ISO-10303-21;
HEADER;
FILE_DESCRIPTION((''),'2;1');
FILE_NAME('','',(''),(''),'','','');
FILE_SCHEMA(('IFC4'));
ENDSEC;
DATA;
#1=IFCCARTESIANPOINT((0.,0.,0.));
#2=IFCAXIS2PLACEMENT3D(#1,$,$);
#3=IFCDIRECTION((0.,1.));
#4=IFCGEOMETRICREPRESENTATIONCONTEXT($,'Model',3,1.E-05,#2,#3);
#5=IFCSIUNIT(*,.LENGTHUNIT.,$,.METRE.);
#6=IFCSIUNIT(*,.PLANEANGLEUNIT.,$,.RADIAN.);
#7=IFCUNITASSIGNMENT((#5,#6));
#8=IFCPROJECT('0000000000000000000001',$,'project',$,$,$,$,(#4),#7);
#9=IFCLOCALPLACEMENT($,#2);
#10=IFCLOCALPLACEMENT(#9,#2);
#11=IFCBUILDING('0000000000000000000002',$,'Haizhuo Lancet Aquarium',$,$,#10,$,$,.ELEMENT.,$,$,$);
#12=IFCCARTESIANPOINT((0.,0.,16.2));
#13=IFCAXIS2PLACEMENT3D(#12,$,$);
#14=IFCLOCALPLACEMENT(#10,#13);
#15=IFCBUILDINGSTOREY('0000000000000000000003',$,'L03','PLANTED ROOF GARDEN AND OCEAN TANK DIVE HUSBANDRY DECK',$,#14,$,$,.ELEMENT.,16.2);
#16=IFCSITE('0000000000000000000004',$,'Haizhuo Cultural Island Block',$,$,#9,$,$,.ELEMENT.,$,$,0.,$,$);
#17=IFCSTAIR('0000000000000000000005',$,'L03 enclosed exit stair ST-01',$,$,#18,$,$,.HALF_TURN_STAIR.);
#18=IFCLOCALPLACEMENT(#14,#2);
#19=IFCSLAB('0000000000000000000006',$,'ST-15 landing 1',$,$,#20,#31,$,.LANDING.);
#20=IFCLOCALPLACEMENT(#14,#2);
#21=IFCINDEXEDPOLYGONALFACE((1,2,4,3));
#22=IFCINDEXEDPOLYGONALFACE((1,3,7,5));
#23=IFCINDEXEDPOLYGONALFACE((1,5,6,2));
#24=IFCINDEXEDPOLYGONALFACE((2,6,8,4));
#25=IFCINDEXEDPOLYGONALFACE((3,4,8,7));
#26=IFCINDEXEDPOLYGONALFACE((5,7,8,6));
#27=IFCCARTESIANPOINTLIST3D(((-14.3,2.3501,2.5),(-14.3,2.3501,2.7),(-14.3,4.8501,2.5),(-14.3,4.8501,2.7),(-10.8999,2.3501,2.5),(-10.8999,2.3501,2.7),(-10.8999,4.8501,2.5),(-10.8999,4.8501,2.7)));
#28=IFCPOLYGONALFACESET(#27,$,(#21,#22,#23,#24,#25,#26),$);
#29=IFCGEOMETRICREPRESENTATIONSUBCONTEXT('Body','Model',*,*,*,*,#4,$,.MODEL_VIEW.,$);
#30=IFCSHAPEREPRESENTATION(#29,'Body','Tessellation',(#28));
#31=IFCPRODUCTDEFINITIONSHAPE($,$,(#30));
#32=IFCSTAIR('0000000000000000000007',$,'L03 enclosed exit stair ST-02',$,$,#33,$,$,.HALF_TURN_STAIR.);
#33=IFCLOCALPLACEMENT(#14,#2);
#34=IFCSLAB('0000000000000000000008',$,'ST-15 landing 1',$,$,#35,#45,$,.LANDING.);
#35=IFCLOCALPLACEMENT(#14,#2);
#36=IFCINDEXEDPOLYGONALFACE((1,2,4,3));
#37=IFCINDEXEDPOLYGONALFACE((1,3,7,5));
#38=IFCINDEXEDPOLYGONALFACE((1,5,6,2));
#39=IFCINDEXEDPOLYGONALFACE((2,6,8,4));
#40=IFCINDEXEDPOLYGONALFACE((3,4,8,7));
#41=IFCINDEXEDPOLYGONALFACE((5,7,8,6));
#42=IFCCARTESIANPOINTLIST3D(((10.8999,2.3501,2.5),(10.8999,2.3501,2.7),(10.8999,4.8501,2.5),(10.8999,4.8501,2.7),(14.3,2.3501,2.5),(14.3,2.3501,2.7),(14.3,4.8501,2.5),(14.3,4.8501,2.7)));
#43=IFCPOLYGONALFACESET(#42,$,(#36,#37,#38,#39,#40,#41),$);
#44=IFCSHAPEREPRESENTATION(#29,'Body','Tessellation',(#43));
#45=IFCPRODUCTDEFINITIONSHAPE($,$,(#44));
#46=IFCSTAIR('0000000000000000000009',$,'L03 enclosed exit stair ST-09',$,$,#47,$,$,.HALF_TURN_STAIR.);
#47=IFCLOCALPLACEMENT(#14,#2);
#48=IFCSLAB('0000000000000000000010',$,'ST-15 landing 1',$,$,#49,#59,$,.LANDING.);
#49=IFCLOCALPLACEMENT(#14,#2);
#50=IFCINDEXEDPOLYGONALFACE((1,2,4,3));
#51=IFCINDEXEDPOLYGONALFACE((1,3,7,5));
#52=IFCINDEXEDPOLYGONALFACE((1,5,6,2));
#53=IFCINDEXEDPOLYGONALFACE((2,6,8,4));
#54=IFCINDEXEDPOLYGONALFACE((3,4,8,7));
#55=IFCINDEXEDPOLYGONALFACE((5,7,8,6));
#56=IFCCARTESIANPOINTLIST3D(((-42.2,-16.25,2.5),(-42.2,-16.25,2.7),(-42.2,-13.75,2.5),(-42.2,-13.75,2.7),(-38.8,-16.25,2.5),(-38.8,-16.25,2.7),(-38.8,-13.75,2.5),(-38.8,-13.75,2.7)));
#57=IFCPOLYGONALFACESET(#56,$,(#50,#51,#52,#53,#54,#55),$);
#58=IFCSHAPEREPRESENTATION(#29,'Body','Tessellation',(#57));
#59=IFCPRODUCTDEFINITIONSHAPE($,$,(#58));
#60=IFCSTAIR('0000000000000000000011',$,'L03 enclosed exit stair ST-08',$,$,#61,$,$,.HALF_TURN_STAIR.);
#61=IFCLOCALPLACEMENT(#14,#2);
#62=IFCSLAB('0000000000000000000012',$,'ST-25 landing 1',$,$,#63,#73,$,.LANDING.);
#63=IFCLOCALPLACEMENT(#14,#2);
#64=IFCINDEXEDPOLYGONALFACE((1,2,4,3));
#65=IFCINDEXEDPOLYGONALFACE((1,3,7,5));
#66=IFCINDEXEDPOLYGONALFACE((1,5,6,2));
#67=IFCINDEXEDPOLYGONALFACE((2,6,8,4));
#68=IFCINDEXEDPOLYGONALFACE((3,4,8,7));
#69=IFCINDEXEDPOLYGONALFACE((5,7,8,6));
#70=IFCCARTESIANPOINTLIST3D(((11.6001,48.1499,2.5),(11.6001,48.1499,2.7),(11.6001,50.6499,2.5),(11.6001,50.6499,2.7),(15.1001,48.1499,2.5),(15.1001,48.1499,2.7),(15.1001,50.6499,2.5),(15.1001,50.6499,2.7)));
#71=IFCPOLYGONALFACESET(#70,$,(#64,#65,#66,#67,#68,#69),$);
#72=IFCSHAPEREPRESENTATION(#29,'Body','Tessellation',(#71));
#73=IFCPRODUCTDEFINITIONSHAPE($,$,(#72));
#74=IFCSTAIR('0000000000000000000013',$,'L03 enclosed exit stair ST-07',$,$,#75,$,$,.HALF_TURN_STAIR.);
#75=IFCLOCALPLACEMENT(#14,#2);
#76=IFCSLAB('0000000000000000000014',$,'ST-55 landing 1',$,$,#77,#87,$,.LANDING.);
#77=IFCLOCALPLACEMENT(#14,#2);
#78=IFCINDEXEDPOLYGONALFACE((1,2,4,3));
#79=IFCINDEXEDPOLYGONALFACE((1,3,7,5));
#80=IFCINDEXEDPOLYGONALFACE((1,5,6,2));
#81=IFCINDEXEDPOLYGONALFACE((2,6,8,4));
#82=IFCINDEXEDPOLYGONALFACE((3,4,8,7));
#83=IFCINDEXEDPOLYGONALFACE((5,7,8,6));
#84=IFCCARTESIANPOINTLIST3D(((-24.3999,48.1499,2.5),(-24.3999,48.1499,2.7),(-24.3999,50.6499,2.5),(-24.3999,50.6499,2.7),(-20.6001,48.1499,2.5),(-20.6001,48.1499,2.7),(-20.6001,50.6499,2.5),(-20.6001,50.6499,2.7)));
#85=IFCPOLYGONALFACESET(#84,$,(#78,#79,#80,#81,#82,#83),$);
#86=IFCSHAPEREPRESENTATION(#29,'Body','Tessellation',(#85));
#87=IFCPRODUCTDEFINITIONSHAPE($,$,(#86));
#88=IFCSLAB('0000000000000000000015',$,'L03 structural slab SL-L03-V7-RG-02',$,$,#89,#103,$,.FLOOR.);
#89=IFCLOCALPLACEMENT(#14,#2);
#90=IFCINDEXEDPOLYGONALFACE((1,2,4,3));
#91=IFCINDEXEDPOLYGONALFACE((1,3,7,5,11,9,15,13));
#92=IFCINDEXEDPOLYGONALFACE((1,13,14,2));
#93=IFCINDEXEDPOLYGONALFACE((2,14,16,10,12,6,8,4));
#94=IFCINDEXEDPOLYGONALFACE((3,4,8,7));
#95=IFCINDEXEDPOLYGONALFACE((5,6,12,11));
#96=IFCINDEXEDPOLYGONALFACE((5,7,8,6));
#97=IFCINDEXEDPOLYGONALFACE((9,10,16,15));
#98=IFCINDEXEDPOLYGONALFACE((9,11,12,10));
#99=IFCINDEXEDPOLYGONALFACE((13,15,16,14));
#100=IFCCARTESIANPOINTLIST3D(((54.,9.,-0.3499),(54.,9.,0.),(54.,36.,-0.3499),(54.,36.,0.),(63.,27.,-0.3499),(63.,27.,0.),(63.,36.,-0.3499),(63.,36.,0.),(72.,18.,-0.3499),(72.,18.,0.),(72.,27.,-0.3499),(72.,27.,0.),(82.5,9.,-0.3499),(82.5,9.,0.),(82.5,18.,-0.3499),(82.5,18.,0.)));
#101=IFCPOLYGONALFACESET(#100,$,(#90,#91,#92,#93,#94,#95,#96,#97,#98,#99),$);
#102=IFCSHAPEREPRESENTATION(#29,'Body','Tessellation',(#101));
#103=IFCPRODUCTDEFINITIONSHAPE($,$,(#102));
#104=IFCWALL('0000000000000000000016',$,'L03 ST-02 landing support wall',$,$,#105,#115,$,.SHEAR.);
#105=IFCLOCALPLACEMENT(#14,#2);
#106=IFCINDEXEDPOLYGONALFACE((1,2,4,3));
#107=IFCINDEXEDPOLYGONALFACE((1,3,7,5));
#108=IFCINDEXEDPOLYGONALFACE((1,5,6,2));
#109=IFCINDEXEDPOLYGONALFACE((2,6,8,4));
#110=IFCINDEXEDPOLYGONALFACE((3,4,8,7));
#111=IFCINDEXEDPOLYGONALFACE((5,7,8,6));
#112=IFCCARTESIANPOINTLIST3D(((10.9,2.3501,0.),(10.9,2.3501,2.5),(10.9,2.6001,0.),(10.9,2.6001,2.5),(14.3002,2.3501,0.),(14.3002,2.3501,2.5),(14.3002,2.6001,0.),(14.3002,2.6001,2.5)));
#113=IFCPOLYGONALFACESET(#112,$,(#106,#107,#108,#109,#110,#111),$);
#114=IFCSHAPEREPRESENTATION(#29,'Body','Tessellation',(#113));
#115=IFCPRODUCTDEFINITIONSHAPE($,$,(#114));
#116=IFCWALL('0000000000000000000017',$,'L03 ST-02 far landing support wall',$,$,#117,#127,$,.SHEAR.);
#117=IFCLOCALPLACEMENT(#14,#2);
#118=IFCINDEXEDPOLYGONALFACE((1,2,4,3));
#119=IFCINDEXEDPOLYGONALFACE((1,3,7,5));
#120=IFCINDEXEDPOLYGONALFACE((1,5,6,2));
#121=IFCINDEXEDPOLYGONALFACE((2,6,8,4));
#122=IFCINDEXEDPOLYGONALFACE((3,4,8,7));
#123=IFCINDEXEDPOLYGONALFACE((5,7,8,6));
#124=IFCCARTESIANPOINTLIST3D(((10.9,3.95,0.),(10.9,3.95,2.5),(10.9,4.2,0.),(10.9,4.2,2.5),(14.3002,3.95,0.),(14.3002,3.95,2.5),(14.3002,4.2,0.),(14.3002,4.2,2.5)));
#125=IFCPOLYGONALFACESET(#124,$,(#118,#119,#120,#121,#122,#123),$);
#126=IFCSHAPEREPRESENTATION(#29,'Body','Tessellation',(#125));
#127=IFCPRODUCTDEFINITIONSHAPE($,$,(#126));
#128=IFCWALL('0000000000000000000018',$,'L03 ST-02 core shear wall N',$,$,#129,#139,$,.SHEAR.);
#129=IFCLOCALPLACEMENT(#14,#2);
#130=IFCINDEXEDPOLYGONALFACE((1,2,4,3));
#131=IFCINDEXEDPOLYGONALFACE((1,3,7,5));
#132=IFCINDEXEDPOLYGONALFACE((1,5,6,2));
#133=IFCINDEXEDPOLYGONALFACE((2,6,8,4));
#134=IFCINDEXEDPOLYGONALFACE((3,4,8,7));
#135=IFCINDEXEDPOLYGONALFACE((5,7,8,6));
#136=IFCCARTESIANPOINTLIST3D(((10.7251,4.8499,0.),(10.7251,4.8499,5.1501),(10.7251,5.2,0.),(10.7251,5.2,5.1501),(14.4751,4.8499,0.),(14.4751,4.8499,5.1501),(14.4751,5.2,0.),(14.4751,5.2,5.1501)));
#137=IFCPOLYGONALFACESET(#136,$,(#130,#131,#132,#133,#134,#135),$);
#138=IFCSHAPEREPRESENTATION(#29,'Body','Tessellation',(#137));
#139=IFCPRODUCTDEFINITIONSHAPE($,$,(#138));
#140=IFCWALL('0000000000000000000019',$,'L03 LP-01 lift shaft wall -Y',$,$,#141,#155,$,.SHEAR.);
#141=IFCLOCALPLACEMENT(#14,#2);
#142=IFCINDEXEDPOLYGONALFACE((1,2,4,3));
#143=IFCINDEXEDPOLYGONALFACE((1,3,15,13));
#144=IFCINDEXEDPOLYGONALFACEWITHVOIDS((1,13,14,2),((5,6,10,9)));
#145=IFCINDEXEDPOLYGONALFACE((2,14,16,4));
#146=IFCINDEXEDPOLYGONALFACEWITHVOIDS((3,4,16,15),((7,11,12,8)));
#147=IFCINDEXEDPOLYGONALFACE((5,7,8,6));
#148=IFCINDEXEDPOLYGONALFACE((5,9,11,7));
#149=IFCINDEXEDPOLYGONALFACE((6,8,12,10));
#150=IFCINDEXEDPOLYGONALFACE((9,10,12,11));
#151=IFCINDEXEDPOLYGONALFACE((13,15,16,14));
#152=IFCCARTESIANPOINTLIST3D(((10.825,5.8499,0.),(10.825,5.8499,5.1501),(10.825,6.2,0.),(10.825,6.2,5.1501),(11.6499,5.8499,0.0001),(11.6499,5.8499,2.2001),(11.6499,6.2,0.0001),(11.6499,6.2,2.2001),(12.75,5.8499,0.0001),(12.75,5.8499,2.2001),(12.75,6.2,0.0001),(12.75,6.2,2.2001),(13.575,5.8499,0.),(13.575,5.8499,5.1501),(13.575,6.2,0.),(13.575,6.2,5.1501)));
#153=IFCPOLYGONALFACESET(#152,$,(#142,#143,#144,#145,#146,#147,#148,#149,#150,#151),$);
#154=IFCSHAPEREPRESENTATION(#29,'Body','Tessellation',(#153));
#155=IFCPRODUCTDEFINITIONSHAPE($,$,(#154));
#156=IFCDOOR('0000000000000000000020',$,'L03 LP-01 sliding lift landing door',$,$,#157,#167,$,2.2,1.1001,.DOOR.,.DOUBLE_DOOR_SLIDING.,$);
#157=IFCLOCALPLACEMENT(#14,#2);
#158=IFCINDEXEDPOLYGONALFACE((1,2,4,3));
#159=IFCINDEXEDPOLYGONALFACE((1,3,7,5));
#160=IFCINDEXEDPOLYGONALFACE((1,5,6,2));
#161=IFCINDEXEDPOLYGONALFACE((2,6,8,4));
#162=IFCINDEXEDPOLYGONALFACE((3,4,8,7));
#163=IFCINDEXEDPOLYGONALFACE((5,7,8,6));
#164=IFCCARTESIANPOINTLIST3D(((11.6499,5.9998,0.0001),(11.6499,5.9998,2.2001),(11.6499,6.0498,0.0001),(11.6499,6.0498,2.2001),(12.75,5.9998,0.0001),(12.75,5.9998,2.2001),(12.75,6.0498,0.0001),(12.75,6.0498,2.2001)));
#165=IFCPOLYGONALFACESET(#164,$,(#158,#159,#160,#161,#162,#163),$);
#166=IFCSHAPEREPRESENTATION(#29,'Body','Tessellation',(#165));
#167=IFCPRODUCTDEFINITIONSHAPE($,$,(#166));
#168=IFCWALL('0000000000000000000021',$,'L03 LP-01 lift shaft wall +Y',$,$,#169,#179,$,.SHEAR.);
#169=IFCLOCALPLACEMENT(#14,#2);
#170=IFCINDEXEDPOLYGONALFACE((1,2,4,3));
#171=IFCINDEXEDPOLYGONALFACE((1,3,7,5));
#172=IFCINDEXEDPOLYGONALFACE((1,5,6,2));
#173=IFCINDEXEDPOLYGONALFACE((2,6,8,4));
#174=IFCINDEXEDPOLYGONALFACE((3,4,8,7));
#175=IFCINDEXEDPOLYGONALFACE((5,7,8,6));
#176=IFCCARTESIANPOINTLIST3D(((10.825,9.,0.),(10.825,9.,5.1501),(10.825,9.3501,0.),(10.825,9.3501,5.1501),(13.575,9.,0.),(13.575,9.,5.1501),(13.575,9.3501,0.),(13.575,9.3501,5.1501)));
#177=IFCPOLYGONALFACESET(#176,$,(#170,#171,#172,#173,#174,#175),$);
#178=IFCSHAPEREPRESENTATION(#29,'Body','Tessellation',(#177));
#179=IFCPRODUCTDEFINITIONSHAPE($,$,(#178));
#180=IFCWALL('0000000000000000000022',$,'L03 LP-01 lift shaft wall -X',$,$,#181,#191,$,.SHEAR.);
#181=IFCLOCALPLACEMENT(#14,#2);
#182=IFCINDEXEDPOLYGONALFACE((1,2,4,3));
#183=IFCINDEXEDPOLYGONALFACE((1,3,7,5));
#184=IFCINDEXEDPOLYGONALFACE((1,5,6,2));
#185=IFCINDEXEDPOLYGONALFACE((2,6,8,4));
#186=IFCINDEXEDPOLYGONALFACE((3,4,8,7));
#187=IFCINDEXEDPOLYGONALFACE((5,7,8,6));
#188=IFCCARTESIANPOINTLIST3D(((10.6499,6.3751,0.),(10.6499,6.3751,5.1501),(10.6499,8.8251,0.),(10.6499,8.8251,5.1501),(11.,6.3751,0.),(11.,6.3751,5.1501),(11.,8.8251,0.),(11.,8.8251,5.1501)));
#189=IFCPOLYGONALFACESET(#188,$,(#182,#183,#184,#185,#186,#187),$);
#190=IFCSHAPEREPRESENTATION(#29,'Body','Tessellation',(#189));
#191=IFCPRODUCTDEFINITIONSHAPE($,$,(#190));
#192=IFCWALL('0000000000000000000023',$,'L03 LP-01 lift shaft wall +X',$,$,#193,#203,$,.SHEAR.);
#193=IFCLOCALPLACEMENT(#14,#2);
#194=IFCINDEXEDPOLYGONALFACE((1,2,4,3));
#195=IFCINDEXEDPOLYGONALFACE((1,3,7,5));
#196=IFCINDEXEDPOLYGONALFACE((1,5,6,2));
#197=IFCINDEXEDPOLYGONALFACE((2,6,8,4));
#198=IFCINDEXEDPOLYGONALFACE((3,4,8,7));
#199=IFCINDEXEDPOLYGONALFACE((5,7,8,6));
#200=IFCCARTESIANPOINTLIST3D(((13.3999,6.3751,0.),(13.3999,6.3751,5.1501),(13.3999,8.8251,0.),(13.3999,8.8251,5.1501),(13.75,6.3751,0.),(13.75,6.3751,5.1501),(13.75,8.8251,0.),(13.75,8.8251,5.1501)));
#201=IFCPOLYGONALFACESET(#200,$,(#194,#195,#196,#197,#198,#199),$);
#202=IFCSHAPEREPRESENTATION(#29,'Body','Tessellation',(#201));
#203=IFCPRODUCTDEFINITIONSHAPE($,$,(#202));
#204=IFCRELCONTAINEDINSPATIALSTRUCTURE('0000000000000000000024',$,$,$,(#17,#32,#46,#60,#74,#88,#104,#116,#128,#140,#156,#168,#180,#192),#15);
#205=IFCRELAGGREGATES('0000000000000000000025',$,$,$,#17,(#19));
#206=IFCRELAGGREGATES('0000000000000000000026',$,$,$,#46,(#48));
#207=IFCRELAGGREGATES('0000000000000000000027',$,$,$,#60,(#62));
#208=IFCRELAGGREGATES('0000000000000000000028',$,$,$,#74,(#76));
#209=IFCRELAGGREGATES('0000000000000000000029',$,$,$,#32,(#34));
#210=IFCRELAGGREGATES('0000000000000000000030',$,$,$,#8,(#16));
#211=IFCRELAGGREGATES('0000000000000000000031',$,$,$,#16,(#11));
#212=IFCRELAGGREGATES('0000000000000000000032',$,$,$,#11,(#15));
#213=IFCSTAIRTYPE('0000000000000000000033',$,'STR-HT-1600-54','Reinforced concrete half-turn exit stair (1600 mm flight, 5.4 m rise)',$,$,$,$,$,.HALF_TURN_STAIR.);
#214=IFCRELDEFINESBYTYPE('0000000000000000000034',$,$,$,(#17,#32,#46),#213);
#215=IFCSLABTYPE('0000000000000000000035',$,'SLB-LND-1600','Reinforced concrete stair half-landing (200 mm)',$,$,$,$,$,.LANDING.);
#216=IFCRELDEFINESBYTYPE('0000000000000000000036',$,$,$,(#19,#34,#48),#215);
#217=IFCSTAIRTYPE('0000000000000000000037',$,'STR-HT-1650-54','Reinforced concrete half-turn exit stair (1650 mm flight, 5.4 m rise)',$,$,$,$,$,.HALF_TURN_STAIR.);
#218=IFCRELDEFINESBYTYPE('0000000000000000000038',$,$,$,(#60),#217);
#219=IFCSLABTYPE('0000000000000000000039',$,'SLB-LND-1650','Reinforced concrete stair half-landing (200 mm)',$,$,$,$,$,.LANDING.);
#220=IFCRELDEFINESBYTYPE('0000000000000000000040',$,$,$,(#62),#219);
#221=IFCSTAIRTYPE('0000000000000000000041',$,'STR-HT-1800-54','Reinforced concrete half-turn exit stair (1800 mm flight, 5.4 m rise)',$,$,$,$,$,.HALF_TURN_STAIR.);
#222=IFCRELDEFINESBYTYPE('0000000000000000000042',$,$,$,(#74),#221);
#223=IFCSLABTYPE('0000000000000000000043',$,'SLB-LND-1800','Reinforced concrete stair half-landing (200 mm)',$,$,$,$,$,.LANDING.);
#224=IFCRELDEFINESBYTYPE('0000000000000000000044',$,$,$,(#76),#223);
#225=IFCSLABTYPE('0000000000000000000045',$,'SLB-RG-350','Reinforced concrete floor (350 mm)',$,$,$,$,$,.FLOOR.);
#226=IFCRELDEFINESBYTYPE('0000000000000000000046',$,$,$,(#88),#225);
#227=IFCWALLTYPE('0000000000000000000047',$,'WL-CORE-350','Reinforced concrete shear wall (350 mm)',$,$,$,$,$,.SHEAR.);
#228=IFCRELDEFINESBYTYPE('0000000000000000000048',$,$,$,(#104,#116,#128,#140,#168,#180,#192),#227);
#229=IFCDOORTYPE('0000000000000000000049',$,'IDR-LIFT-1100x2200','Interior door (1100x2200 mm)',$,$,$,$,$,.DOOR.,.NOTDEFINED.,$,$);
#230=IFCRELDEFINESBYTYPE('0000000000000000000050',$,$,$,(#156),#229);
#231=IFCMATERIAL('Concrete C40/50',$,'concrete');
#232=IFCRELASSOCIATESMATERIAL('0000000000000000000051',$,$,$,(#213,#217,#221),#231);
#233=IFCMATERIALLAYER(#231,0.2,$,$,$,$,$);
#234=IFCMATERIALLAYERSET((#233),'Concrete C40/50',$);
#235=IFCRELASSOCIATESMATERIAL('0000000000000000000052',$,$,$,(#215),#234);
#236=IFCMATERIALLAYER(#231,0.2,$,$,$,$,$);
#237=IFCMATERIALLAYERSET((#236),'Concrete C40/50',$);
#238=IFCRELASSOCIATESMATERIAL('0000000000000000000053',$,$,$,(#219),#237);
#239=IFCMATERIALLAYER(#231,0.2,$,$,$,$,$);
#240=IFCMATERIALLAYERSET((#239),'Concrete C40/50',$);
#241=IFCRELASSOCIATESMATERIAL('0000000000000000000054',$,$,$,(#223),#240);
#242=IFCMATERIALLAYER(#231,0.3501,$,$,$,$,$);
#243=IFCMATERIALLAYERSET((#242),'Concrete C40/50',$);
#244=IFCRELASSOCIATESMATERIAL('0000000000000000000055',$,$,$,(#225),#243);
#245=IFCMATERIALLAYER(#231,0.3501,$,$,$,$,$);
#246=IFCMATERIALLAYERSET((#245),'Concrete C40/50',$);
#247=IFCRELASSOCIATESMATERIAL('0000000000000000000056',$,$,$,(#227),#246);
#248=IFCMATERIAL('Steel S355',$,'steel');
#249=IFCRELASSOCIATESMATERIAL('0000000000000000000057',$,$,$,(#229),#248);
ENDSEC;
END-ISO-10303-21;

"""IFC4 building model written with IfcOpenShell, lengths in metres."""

from ifc_helpers import new_model, si_unit, direction, frame, frame_2d, origin, place, context, subcontext, project, spatial, polyline, rectangle, outline, extrude, material, layer, layer_set, type_object, element, fill, aggregate, save


model = new_model("IFC4")

# Units and contexts
model_context = context("Model", 3, precision=1e-05, world=origin(), true_north=direction((0.0, 1.0)))
body_context = subcontext(model_context, "Body", "Model", "MODEL_VIEW")
ifc_project = project(units=[si_unit("LENGTHUNIT", "METRE"), si_unit("PLANEANGLEUNIT", "RADIAN")], contexts=[model_context])

# Site, building, storey
site_placement = place(None, origin())
site = spatial("IfcSite", under=ifc_project, at=site_placement, Name="Haizhuo Cultural Island Block", CompositionType="ELEMENT", RefElevation=0.0)
building_placement = place(site_placement, origin())
building = spatial("IfcBuilding", under=site, at=building_placement, Name="Haizhuo Lancet Aquarium", CompositionType="ELEMENT")
storey_placement = place(building_placement, frame((0.0, 0.0, 16.2)))
storey = spatial("IfcBuildingStorey", under=building, at=storey_placement, Name="L03", Description="PLANTED ROOF GARDEN AND OCEAN TANK DIVE HUSBANDRY DECK", CompositionType="ELEMENT", Elevation=16.2)

# Shared definitions
ifc_material_1 = material(Name="Concrete C40/50", Category="concrete")
ifc_material_2 = material(Name="Steel S355", Category="steel")

# Stairs, slabs
stair_type_1 = type_object("IfcStairType", Name="STR-HT-1600-54", Description="Reinforced concrete half-turn exit stair (1600 mm flight, 5.4 m rise)", PredefinedType="HALF_TURN_STAIR", material=ifc_material_1)
stair_1_placement = place(storey_placement, origin())
stair_1 = element("IfcStair", 1, at=stair_1_placement, inside=storey, type_object=stair_type_1, Name="L03 enclosed exit stair ST-01", PredefinedType="HALF_TURN_STAIR")
ifc_layer_1 = layer(ifc_material_1, 0.2)
ifc_layer_set_1 = layer_set([ifc_layer_1], Name="Concrete C40/50")
slab_type_1 = type_object("IfcSlabType", Name="SLB-LND-1600", Description="Reinforced concrete stair half-landing (200 mm)", PredefinedType="LANDING", material=ifc_layer_set_1)
slab_1_placement = place(storey_placement, frame((0.0, 0.0, 2.5)))
slab_1 = element("IfcSlab", 2, at=slab_1_placement, type_object=slab_type_1, Name="ST-15 landing 1", PredefinedType="LANDING", context=body_context, shape_type="SweptSolid", body=[
    extrude(outline(polyline([(-10.8999, 2.3501), (-10.8999, 4.8501), (-14.3, 4.8501), (-14.3, 2.3501), (-10.8999, 2.3501)])), origin(), (0.0, 0.0, 1.0), 0.2),
])
aggregate(stair_1, [slab_1])
stair_2_placement = place(storey_placement, origin())
stair_2 = element("IfcStair", 3, at=stair_2_placement, inside=storey, type_object=stair_type_1, Name="L03 enclosed exit stair ST-02", PredefinedType="HALF_TURN_STAIR")
slab_2_placement = place(storey_placement, frame((0.0, 0.0, 2.5)))
slab_2 = element("IfcSlab", 4, at=slab_2_placement, type_object=slab_type_1, Name="ST-15 landing 1", PredefinedType="LANDING", context=body_context, shape_type="SweptSolid", body=[
    extrude(outline(polyline([(14.3, 2.3501), (14.3, 4.8501), (10.8999, 4.8501), (10.8999, 2.3501), (14.3, 2.3501)])), origin(), (0.0, 0.0, 1.0), 0.2),
])
stair_3_placement = place(storey_placement, origin())
stair_3 = element("IfcStair", 5, at=stair_3_placement, inside=storey, type_object=stair_type_1, Name="L03 enclosed exit stair ST-09", PredefinedType="HALF_TURN_STAIR")
slab_3_placement = place(storey_placement, frame((0.0, 0.0, 2.5)))
slab_3 = element("IfcSlab", 6, at=slab_3_placement, type_object=slab_type_1, Name="ST-15 landing 1", PredefinedType="LANDING", context=body_context, shape_type="SweptSolid", body=[
    extrude(outline(polyline([(-38.8, -16.25), (-38.8, -13.75), (-42.2, -13.75), (-42.2, -16.25), (-38.8, -16.25)])), origin(), (0.0, 0.0, 1.0), 0.2),
])
aggregate(stair_3, [slab_3])
stair_type_2 = type_object("IfcStairType", Name="STR-HT-1650-54", Description="Reinforced concrete half-turn exit stair (1650 mm flight, 5.4 m rise)", PredefinedType="HALF_TURN_STAIR", material=ifc_material_1)
stair_4_placement = place(storey_placement, origin())
stair_4 = element("IfcStair", 7, at=stair_4_placement, inside=storey, type_object=stair_type_2, Name="L03 enclosed exit stair ST-08", PredefinedType="HALF_TURN_STAIR")
ifc_layer_2 = layer(ifc_material_1, 0.2)
ifc_layer_set_2 = layer_set([ifc_layer_2], Name="Concrete C40/50")
slab_type_2 = type_object("IfcSlabType", Name="SLB-LND-1650", Description="Reinforced concrete stair half-landing (200 mm)", PredefinedType="LANDING", material=ifc_layer_set_2)
slab_4_placement = place(storey_placement, frame((0.0, 0.0, 2.5)))
slab_4 = element("IfcSlab", 8, at=slab_4_placement, type_object=slab_type_2, Name="ST-25 landing 1", PredefinedType="LANDING", context=body_context, shape_type="SweptSolid", body=[
    extrude(outline(polyline([(15.1001, 48.1499), (15.1001, 50.6499), (11.6001, 50.6499), (11.6001, 48.1499), (15.1001, 48.1499)])), origin(), (0.0, 0.0, 1.0), 0.2),
])
aggregate(stair_4, [slab_4])
stair_type_3 = type_object("IfcStairType", Name="STR-HT-1800-54", Description="Reinforced concrete half-turn exit stair (1800 mm flight, 5.4 m rise)", PredefinedType="HALF_TURN_STAIR", material=ifc_material_1)
stair_5_placement = place(storey_placement, origin())
stair_5 = element("IfcStair", 9, at=stair_5_placement, inside=storey, type_object=stair_type_3, Name="L03 enclosed exit stair ST-07", PredefinedType="HALF_TURN_STAIR")
ifc_layer_3 = layer(ifc_material_1, 0.2)
ifc_layer_set_3 = layer_set([ifc_layer_3], Name="Concrete C40/50")
slab_type_3 = type_object("IfcSlabType", Name="SLB-LND-1800", Description="Reinforced concrete stair half-landing (200 mm)", PredefinedType="LANDING", material=ifc_layer_set_3)
slab_5_placement = place(storey_placement, frame((0.0, 0.0, 2.5)))
slab_5 = element("IfcSlab", 10, at=slab_5_placement, type_object=slab_type_3, Name="ST-55 landing 1", PredefinedType="LANDING", context=body_context, shape_type="SweptSolid", body=[
    extrude(outline(polyline([(-20.6001, 48.1499), (-20.6001, 50.6499), (-24.3999, 50.6499), (-24.3999, 48.1499), (-20.6001, 48.1499)])), origin(), (0.0, 0.0, 1.0), 0.2),
])
aggregate(stair_5, [slab_5])

# Slab
ifc_layer_4 = layer(ifc_material_1, 0.3501)
ifc_layer_set_4 = layer_set([ifc_layer_4], Name="Concrete C40/50")
slab_type_4 = type_object("IfcSlabType", Name="SLB-RG-350", Description="Reinforced concrete floor (350 mm)", PredefinedType="FLOOR", material=ifc_layer_set_4)
slab_6_placement = place(storey_placement, frame((0.0, 0.0, -0.3499)))
element("IfcSlab", 11, at=slab_6_placement, inside=storey, type_object=slab_type_4, Name="L03 structural slab SL-L03-V7-RG-02", PredefinedType="FLOOR", context=body_context, shape_type="SweptSolid", body=[
    extrude(outline(polyline([(54.0, 36.0), (54.0, 9.0), (82.5, 9.0), (82.5, 18.0), (72.0, 18.0), (72.0, 27.0), (63.0, 27.0), (63.0, 36.0), (54.0, 36.0)])), origin(), (0.0, 0.0, 1.0), 0.3499),
])

# Walls
ifc_layer_5 = layer(ifc_material_1, 0.3501)
ifc_layer_set_5 = layer_set([ifc_layer_5], Name="Concrete C40/50")
wall_type = type_object("IfcWallType", Name="WL-CORE-350", Description="Reinforced concrete shear wall (350 mm)", PredefinedType="SHEAR", material=ifc_layer_set_5)
for number, where, z_axis, x_axis, name in (
    (12, (10.8999, 2.4751, 0.0), (0.0, 0.0, 1.0), (1.0, 0.0, 0.0), "L03 ST-02 landing support wall"),
    (13, (10.8999, 4.075, 0.0), (0.0, 0.0, 1.0), (1.0, 0.0, 0.0), "L03 ST-02 far landing support wall"),
):
    element("IfcWall", number, at=place(storey_placement, frame(where, z_axis=z_axis, x_axis=x_axis)), inside=storey, type_object=wall_type, Name=name, PredefinedType="SHEAR", context=body_context, shape_type="SweptSolid", body=[
        extrude(rectangle(XDim=3.4001, YDim=0.25, at=frame_2d((1.7002, 0.0))), origin(), (0.0, 0.0, 1.0), 2.5),
    ])
wall_1_placement = place(storey_placement, frame((10.7251, 5.0249, 0.0), z_axis=(0.0, 0.0, 1.0), x_axis=(1.0, 0.0, 0.0)))
element("IfcWall", 14, at=wall_1_placement, inside=storey, type_object=wall_type, Name="L03 ST-02 core shear wall N", PredefinedType="SHEAR", context=body_context, shape_type="SweptSolid", body=[
    extrude(rectangle(XDim=3.75, YDim=0.3501, at=frame_2d((1.875, 0.0))), origin(), (0.0, 0.0, 1.0), 5.1501),
])

# Wall, opening, door
wall_2_placement = place(storey_placement, frame((10.825, 6.0249, 0.0), z_axis=(0.0, 0.0, 1.0), x_axis=(1.0, 0.0, 0.0)))
wall_2 = element("IfcWall", 15, at=wall_2_placement, inside=storey, type_object=wall_type, Name="L03 LP-01 lift shaft wall -Y", PredefinedType="SHEAR", context=body_context, shape_type="SweptSolid", body=[
    extrude(rectangle(XDim=2.75, YDim=0.3501, at=frame_2d((1.375, 0.0))), origin(), (0.0, 0.0, 1.0), 5.1501),
])
opening_placement = place(wall_2_placement, frame((0.825, 0.0, 0.0)))
opening = element("IfcOpeningElement", 16, at=opening_placement, cuts=wall_2, PredefinedType="OPENING", context=body_context, shape_type="SweptSolid", body=[
    extrude(rectangle(XDim=1.1001, YDim=2.2, at=frame_2d((0.55, 1.1001))), frame((0.0, 0.1851, 0.0), z_axis=(0.0, -1.0, 0.0), x_axis=(1.0, 0.0, 0.0)), (0.0, 0.0, 1.0), 0.3701),
])
door_type = type_object("IfcDoorType", Name="IDR-LIFT-1100x2200", Description="Interior door (1100x2200 mm)", OperationType="NOTDEFINED", PredefinedType="DOOR", material=ifc_material_2)
door_placement = place(opening_placement, origin())
door = element("IfcDoor", 17, at=door_placement, inside=storey, type_object=door_type, Name="L03 LP-01 sliding lift landing door", OperationType="DOUBLE_DOOR_SLIDING", OverallHeight=2.2, OverallWidth=1.1001, PredefinedType="DOOR", context=body_context, shape_type="SweptSolid", body=[
    extrude(rectangle(XDim=1.1001, YDim=2.2, at=frame_2d((0.55, 1.1001))), frame((0.0, 0.0249, 0.0), z_axis=(0.0, -1.0, 0.0), x_axis=(1.0, 0.0, 0.0)), (0.0, 0.0, 1.0), 0.05),
])
fill(opening, door)

# Walls
wall_3_placement = place(storey_placement, frame((13.575, 9.175, 0.0), z_axis=(0.0, 0.0, 1.0), x_axis=(-1.0, 0.0, 0.0)))
element("IfcWall", 18, at=wall_3_placement, inside=storey, type_object=wall_type, Name="L03 LP-01 lift shaft wall +Y", PredefinedType="SHEAR", context=body_context, shape_type="SweptSolid", body=[
    extrude(rectangle(XDim=2.75, YDim=0.3501, at=frame_2d((1.375, 0.0))), origin(), (0.0, 0.0, 1.0), 5.1501),
])
for number, where, z_axis, x_axis, name in (
    (19, (10.825, 6.375, 0.0), (0.0, 0.0, 1.0), (0.0, 1.0, 0.0), "L03 LP-01 lift shaft wall -X"),
    (20, (13.575, 6.375, 0.0), (0.0, 0.0, 1.0), (0.0, 1.0, 0.0), "L03 LP-01 lift shaft wall +X"),
):
    element("IfcWall", number, at=place(storey_placement, frame(where, z_axis=z_axis, x_axis=x_axis)), inside=storey, type_object=wall_type, Name=name, PredefinedType="SHEAR", context=body_context, shape_type="SweptSolid", body=[
        extrude(rectangle(XDim=2.45, YDim=0.3501, at=frame_2d((1.2251, 0.0))), origin(), (0.0, 0.0, 1.0), 5.1501),
    ])

aggregate(stair_2, [slab_2])

save(model, "model.ifc")
